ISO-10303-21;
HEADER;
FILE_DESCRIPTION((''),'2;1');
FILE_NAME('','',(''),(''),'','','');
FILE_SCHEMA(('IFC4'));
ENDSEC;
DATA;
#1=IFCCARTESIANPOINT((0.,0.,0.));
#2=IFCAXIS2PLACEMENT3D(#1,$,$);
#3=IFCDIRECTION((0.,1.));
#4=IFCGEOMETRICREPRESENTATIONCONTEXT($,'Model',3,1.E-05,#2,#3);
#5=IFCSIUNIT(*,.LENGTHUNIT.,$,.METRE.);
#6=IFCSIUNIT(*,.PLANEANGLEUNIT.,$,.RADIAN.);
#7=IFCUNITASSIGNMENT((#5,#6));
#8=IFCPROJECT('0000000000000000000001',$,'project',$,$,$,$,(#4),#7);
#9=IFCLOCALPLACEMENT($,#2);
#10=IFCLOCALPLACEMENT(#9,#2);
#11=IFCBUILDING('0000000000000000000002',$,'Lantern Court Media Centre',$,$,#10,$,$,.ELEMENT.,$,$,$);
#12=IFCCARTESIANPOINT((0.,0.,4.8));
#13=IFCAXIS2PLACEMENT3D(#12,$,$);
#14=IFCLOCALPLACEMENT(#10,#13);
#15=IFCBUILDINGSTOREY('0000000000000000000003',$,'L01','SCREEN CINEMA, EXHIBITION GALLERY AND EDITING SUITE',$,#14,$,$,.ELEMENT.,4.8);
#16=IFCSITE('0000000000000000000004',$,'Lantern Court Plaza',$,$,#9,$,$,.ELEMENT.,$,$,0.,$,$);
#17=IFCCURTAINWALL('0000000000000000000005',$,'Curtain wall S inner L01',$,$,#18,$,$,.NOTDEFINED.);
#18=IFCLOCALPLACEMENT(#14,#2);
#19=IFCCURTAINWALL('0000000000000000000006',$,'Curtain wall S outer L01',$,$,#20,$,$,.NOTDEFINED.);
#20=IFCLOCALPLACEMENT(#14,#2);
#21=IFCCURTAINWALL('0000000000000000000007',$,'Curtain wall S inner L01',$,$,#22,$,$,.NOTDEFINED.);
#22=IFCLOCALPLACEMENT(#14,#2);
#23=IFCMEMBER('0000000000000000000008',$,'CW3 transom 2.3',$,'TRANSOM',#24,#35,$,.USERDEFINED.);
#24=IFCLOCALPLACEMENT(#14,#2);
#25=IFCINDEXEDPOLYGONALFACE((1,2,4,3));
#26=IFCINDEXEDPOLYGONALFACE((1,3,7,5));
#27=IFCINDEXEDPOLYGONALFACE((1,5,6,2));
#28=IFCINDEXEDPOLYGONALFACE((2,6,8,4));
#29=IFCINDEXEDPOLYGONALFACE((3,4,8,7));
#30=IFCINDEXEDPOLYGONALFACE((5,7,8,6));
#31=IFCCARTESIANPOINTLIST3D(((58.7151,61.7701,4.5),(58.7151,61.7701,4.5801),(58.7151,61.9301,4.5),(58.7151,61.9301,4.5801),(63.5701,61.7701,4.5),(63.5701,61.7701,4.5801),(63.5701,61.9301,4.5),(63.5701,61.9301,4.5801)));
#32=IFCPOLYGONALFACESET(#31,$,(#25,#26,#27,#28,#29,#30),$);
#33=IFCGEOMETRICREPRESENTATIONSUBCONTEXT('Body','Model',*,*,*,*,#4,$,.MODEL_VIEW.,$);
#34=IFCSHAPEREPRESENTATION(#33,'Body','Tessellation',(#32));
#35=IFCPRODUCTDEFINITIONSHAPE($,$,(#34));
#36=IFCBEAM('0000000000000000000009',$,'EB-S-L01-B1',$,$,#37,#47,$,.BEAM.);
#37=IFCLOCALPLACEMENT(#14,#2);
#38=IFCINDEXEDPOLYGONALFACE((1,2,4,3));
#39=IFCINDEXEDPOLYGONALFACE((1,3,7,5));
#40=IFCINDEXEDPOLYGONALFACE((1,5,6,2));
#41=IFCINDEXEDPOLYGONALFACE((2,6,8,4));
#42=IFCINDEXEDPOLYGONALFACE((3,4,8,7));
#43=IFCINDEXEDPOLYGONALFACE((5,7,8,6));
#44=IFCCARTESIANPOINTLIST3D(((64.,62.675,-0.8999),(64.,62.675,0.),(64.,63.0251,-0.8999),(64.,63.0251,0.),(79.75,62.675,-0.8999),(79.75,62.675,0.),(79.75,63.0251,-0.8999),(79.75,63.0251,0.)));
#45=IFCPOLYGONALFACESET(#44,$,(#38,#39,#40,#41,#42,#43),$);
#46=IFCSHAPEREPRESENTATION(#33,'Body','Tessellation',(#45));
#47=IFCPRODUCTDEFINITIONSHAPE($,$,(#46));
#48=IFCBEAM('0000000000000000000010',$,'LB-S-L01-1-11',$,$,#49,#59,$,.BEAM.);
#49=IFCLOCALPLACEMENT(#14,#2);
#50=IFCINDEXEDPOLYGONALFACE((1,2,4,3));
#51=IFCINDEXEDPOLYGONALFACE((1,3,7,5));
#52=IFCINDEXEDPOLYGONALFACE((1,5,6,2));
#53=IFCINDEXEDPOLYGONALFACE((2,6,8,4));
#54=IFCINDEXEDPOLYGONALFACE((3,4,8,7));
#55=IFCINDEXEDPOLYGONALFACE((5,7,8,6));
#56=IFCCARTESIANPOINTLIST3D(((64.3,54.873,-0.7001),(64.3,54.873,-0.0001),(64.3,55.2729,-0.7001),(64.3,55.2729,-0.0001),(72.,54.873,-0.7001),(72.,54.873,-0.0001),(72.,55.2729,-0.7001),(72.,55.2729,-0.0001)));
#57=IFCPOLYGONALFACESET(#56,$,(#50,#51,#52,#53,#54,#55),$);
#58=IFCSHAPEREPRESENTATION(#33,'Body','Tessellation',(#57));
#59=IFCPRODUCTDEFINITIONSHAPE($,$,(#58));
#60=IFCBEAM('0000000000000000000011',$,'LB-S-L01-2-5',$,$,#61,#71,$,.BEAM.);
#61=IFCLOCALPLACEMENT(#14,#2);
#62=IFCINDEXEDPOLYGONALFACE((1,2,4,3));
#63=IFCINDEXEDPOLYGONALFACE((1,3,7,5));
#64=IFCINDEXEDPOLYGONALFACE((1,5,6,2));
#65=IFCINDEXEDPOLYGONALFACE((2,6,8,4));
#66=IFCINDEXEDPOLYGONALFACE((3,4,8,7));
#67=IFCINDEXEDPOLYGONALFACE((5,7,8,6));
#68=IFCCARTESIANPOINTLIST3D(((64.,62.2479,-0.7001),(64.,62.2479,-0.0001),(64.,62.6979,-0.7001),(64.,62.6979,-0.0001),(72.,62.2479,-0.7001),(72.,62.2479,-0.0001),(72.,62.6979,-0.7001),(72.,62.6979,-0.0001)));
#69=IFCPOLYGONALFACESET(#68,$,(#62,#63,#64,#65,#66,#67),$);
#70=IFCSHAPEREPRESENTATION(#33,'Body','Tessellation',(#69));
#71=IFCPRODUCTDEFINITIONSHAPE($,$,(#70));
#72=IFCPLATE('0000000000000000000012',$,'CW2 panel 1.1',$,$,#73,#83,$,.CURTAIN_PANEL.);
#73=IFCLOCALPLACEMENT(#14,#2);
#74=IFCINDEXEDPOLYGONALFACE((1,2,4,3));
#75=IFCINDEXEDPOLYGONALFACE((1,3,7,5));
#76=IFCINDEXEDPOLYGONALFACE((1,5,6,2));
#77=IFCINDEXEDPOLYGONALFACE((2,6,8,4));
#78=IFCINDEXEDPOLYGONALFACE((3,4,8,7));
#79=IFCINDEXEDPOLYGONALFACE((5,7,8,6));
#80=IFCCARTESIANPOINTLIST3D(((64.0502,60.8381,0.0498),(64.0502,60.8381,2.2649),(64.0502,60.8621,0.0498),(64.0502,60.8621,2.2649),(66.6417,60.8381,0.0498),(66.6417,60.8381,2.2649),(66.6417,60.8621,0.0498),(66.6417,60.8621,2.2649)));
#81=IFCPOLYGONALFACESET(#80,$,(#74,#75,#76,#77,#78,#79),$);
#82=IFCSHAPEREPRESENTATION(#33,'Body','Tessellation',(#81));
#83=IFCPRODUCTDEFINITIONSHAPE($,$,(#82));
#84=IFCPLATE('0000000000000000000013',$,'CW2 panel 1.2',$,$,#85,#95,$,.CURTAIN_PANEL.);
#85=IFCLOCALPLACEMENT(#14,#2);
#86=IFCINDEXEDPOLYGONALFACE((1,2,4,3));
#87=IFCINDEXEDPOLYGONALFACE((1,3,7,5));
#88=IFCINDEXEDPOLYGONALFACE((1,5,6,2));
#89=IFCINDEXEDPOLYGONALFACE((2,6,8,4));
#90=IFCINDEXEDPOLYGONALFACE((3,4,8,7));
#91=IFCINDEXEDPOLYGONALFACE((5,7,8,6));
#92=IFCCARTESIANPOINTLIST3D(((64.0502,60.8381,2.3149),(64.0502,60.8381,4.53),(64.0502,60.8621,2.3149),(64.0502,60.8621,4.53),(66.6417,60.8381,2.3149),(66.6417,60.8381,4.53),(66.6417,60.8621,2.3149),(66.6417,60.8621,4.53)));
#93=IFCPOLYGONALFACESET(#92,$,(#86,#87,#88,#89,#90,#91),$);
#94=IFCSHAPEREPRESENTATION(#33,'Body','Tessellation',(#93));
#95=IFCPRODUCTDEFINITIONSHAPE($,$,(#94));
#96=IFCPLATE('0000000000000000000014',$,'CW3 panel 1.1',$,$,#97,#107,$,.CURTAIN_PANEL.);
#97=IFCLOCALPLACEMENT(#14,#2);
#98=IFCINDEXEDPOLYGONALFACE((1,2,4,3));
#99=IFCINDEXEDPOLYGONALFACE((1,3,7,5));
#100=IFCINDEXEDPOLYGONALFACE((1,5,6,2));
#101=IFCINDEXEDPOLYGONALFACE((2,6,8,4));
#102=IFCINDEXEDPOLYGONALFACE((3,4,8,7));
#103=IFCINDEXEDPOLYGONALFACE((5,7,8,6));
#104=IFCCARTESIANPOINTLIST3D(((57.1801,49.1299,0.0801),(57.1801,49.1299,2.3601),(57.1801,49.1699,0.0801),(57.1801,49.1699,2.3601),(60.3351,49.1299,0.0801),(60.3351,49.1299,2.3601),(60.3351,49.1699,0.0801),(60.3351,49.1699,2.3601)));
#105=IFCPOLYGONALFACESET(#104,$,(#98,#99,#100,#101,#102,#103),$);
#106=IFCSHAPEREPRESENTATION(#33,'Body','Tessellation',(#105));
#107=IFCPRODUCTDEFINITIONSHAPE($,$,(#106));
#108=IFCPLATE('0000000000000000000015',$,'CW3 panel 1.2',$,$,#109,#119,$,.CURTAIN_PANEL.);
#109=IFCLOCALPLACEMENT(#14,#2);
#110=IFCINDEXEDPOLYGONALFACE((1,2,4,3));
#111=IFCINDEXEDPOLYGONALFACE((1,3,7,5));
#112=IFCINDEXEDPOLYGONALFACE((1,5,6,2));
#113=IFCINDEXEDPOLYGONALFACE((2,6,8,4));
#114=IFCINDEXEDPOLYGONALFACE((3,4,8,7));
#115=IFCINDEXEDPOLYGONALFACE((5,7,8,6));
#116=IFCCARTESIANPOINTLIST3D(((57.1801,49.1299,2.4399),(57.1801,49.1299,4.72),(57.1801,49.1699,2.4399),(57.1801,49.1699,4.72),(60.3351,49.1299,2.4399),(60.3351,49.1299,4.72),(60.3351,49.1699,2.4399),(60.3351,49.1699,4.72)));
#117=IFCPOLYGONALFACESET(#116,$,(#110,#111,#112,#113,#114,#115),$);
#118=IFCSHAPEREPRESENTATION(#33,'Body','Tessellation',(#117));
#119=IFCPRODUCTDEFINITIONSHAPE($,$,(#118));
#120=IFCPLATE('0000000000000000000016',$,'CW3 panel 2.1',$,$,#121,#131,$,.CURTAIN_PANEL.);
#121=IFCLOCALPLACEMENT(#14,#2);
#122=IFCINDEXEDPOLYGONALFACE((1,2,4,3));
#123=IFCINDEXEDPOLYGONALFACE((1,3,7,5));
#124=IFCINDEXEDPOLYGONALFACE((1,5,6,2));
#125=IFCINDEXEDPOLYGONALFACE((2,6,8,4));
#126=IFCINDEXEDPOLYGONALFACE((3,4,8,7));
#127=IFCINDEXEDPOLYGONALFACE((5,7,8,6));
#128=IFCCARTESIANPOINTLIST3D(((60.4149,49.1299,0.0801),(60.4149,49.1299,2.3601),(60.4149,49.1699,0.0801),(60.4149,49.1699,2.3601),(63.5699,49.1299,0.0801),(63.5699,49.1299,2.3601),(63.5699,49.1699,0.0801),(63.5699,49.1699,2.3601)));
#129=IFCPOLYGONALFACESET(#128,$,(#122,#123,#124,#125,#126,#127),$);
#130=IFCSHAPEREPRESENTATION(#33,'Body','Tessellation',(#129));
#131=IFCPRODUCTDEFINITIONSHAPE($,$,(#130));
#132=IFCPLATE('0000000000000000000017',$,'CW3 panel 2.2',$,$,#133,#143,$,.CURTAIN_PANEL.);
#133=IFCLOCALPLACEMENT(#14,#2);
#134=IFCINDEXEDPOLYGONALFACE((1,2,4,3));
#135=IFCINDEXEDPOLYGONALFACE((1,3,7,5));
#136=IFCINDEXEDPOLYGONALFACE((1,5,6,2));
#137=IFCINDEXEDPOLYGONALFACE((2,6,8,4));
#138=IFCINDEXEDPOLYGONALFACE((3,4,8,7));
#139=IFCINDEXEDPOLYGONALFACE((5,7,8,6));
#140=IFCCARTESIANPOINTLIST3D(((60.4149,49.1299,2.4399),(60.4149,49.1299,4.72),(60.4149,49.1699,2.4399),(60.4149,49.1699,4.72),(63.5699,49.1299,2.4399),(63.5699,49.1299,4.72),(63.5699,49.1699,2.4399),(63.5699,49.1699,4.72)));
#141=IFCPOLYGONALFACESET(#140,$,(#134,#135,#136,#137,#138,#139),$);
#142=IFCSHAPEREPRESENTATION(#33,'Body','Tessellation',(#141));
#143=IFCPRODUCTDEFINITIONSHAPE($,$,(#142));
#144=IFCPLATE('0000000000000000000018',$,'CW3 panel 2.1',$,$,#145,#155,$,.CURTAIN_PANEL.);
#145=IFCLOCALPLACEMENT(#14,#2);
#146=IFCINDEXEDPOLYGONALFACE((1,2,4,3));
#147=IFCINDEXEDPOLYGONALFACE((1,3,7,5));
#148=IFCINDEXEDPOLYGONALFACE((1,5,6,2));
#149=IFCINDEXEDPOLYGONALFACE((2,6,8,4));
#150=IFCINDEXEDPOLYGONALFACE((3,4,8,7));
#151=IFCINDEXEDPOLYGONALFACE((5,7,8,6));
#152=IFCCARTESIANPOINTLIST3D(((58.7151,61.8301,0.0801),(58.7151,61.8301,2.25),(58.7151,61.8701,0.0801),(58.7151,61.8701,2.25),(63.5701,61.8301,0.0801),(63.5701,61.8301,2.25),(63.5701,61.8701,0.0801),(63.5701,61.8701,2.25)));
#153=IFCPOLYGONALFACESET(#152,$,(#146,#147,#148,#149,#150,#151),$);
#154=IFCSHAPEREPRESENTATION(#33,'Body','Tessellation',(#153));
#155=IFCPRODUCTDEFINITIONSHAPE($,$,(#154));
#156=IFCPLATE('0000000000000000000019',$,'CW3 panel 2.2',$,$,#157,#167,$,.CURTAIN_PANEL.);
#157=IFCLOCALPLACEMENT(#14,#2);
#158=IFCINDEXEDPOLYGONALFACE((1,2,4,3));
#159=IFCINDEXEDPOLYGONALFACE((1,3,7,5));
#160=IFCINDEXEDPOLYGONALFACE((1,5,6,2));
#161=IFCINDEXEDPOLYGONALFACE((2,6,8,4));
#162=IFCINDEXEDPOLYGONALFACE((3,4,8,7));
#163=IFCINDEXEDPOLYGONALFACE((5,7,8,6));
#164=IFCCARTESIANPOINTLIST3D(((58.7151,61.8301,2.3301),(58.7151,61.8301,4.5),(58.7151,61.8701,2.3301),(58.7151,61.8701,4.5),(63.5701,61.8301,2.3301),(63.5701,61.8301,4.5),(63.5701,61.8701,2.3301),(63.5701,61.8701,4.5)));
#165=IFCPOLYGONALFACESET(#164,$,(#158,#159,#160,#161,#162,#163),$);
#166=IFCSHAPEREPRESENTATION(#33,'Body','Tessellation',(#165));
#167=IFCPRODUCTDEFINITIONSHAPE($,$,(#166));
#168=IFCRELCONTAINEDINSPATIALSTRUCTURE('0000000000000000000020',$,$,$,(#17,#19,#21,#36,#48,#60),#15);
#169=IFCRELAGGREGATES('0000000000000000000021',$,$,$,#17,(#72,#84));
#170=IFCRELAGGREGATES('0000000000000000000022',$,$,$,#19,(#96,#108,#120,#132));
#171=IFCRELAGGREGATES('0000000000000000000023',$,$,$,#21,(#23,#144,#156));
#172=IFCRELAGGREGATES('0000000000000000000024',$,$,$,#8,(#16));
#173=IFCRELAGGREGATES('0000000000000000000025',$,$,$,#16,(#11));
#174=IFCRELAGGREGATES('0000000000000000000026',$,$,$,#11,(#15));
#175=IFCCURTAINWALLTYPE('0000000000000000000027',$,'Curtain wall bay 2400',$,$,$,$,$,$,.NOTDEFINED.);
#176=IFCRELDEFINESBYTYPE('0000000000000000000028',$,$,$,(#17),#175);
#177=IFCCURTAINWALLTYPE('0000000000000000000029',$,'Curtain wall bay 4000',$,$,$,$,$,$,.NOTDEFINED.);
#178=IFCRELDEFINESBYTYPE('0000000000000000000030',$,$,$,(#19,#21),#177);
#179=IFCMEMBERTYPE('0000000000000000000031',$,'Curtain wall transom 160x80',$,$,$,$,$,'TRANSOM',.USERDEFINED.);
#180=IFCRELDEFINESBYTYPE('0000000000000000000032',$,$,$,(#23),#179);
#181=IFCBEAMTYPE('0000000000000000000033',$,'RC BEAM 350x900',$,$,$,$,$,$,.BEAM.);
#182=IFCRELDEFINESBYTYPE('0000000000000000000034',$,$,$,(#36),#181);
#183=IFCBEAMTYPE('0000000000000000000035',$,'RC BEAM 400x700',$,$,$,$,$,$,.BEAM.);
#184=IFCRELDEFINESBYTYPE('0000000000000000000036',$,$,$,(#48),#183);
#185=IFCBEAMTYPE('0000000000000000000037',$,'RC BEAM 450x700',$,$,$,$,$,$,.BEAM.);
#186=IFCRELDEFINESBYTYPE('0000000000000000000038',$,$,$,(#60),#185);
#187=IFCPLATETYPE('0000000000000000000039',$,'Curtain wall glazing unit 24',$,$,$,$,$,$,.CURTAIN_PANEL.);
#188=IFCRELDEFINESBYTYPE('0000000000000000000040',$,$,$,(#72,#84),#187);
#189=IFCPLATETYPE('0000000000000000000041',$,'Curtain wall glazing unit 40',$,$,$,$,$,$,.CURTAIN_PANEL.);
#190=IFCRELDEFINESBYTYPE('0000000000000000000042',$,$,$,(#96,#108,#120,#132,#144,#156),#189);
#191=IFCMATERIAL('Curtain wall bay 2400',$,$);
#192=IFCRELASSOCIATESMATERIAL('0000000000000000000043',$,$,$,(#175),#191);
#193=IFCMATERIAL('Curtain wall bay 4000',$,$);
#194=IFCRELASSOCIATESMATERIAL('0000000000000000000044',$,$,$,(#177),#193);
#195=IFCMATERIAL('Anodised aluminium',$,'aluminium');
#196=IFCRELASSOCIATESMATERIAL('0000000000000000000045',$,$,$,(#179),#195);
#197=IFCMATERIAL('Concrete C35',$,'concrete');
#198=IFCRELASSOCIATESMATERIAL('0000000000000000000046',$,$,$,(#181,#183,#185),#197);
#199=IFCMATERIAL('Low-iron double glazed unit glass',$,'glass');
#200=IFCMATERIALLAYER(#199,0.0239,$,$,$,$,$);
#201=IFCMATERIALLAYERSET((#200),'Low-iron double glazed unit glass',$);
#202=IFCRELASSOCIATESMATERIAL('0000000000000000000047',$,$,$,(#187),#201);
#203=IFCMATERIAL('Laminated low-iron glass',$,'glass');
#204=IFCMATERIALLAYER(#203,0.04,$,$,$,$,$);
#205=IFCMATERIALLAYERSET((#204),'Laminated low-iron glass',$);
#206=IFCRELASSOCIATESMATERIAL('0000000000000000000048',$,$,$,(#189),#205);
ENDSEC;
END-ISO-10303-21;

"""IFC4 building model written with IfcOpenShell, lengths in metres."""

from ifc_helpers import new_model, si_unit, direction, frame, origin, origin_2d, place, context, subcontext, project, spatial, rectangle, extrude, material, layer, layer_set, material_profile, profile_set, type_object, element, aggregate, save


model = new_model("IFC4")

# Units and contexts
model_context = context("Model", 3, precision=1e-05, world=origin(), true_north=direction((0.0, 1.0)))
body_context = subcontext(model_context, "Body", "Model", "MODEL_VIEW")
ifc_project = project(units=[si_unit("LENGTHUNIT", "METRE"), si_unit("PLANEANGLEUNIT", "RADIAN")], contexts=[model_context])

# Site, building, storey
site_placement = place(None, origin())
site = spatial("IfcSite", under=ifc_project, at=site_placement, Name="Lantern Court Plaza", CompositionType="ELEMENT", RefElevation=0.0)
building_placement = place(site_placement, origin())
building = spatial("IfcBuilding", under=site, at=building_placement, Name="Lantern Court Media Centre", CompositionType="ELEMENT")
storey_placement = place(building_placement, frame((0.0, 0.0, 4.8)))
storey = spatial("IfcBuildingStorey", under=building, at=storey_placement, Name="L01", Description="SCREEN CINEMA, EXHIBITION GALLERY AND EDITING SUITE", CompositionType="ELEMENT", Elevation=4.8)

# Curtain walls
ifc_material_1 = material(Name="Curtain wall bay 2400")
curtain_wall_type_1 = type_object("IfcCurtainWallType", Name="Curtain wall bay 2400", PredefinedType="NOTDEFINED", material=ifc_material_1)
curtain_wall_1_placement = place(storey_placement, origin())
curtain_wall_1 = element("IfcCurtainWall", 1, at=curtain_wall_1_placement, inside=storey, type_object=curtain_wall_type_1, Name="Curtain wall S inner L01", PredefinedType="NOTDEFINED")
ifc_material_2 = material(Name="Anodised aluminium", Category="aluminium")
ifc_material_3 = material(Name="Curtain wall bay 4000")
curtain_wall_type_2 = type_object("IfcCurtainWallType", Name="Curtain wall bay 4000", PredefinedType="NOTDEFINED", material=ifc_material_3)
curtain_wall_2_placement = place(storey_placement, origin())
curtain_wall_2 = element("IfcCurtainWall", 2, at=curtain_wall_2_placement, inside=storey, type_object=curtain_wall_type_2, Name="Curtain wall S outer L01", PredefinedType="NOTDEFINED")

# Curtain wall
curtain_wall_3_placement = place(storey_placement, origin())
curtain_wall_3 = element("IfcCurtainWall", 3, at=curtain_wall_3_placement, inside=storey, type_object=curtain_wall_type_2, Name="Curtain wall S inner L01", PredefinedType="NOTDEFINED")

# Member
ifc_material_profile_1 = material_profile(ifc_material_2, rectangle(XDim=0.1599, YDim=0.0801, at=origin_2d()), Name="AL 80x160")
ifc_profile_set_1 = profile_set([ifc_material_profile_1], Name="Anodised aluminium")
member_type_1 = type_object("IfcMemberType", Name="Curtain wall transom 160x80", ElementType="TRANSOM", PredefinedType="USERDEFINED", material=ifc_profile_set_1)
member_1_placement = place(storey_placement, frame((58.7151, 61.8501, 4.54), z_axis=(1.0, 0.0, 0.0), x_axis=(0.0, 1.0, 0.0)))
member_1 = element("IfcMember", 4, at=member_1_placement, type_object=member_type_1, Name="CW3 transom 2.3", ObjectType="TRANSOM", PredefinedType="USERDEFINED", context=body_context, shape_type="SweptSolid", body=[
    extrude(rectangle(XDim=0.1599, YDim=0.0801, at=origin_2d()), origin(), (0.0, 0.0, 1.0), 4.855),
])

# Beams
ifc_material_4 = material(Name="Concrete C35", Category="concrete")
ifc_material_profile_2 = material_profile(ifc_material_4, rectangle(XDim=0.3501, YDim=0.8999, at=origin_2d()), Name="RC 350x900")
ifc_profile_set_2 = profile_set([ifc_material_profile_2], Name="Concrete C35")
beam_type_1 = type_object("IfcBeamType", Name="RC BEAM 350x900", PredefinedType="BEAM", material=ifc_profile_set_2)
beam_1_placement = place(storey_placement, frame((64.0, 62.8501, -0.45), z_axis=(1.0, 0.0, 0.0), x_axis=(0.0, 1.0, 0.0)))
element("IfcBeam", 5, at=beam_1_placement, inside=storey, type_object=beam_type_1, Name="EB-S-L01-B1", PredefinedType="BEAM", context=body_context, shape_type="SweptSolid", body=[
    extrude(rectangle(XDim=0.3501, YDim=0.8999, at=origin_2d()), origin(), (0.0, 0.0, 1.0), 15.75),
])
ifc_material_profile_3 = material_profile(ifc_material_4, rectangle(XDim=0.3999, YDim=0.7, at=origin_2d()), Name="RC 400x700")
ifc_profile_set_3 = profile_set([ifc_material_profile_3], Name="Concrete C35")
beam_type_2 = type_object("IfcBeamType", Name="RC BEAM 400x700", PredefinedType="BEAM", material=ifc_profile_set_3)
beam_2_placement = place(storey_placement, frame((64.3, 55.073, -0.3501), z_axis=(1.0, 0.0, 0.0), x_axis=(0.0, 1.0, 0.0)))
element("IfcBeam", 6, at=beam_2_placement, inside=storey, type_object=beam_type_2, Name="LB-S-L01-1-11", PredefinedType="BEAM", context=body_context, shape_type="SweptSolid", body=[
    extrude(rectangle(XDim=0.3999, YDim=0.7, at=origin_2d()), origin(), (0.0, 0.0, 1.0), 7.7),
])
ifc_material_profile_4 = material_profile(ifc_material_4, rectangle(XDim=0.45, YDim=0.7, at=origin_2d()), Name="RC 450x700")
ifc_profile_set_4 = profile_set([ifc_material_profile_4], Name="Concrete C35")
beam_type_3 = type_object("IfcBeamType", Name="RC BEAM 450x700", PredefinedType="BEAM", material=ifc_profile_set_4)
beam_3_placement = place(storey_placement, frame((64.0, 62.4729, -0.3501), z_axis=(1.0, 0.0, 0.0), x_axis=(0.0, 1.0, 0.0)))
element("IfcBeam", 7, at=beam_3_placement, inside=storey, type_object=beam_type_3, Name="LB-S-L01-2-5", PredefinedType="BEAM", context=body_context, shape_type="SweptSolid", body=[
    extrude(rectangle(XDim=0.45, YDim=0.7, at=origin_2d()), origin(), (0.0, 0.0, 1.0), 8.0),
])

# Plates
ifc_material_5 = material(Name="Low-iron double glazed unit glass", Category="glass")
ifc_layer_1 = layer(ifc_material_5, 0.0239)
ifc_layer_set_1 = layer_set([ifc_layer_1], Name="Low-iron double glazed unit glass")
plate_type_1 = type_object("IfcPlateType", Name="Curtain wall glazing unit 24", PredefinedType="CURTAIN_PANEL", material=ifc_layer_set_1)
plate_1_placement = place(storey_placement, frame((65.3459, 60.8501, 0.0498), z_axis=(0.0, 0.0, 1.0), x_axis=(1.0, 0.0, 0.0)))
plate_1 = element("IfcPlate", 8, at=plate_1_placement, type_object=plate_type_1, Name="CW2 panel 1.1", PredefinedType="CURTAIN_PANEL", context=body_context, shape_type="SweptSolid", body=[
    extrude(rectangle(XDim=2.5916, YDim=0.0239, at=origin_2d()), origin(), (0.0, 0.0, 1.0), 2.2151),
])
plate_2_placement = place(storey_placement, frame((65.3459, 60.8501, 2.3149), z_axis=(0.0, 0.0, 1.0), x_axis=(1.0, 0.0, 0.0)))
plate_2 = element("IfcPlate", 9, at=plate_2_placement, type_object=plate_type_1, Name="CW2 panel 1.2", PredefinedType="CURTAIN_PANEL", context=body_context, shape_type="SweptSolid", body=[
    extrude(rectangle(XDim=2.5916, YDim=0.0239, at=origin_2d()), origin(), (0.0, 0.0, 1.0), 2.2151),
])
aggregate(curtain_wall_1, [plate_1, plate_2])
ifc_material_6 = material(Name="Laminated low-iron glass", Category="glass")
ifc_layer_2 = layer(ifc_material_6, 0.04)
ifc_layer_set_2 = layer_set([ifc_layer_2], Name="Laminated low-iron glass")
plate_type_2 = type_object("IfcPlateType", Name="Curtain wall glazing unit 40", PredefinedType="CURTAIN_PANEL", material=ifc_layer_set_2)
plate_3_placement = place(storey_placement, frame((58.7576, 49.1499, 0.0801), z_axis=(0.0, 0.0, 1.0), x_axis=(1.0, 0.0, 0.0)))
plate_3 = element("IfcPlate", 10, at=plate_3_placement, type_object=plate_type_2, Name="CW3 panel 1.1", PredefinedType="CURTAIN_PANEL", context=body_context, shape_type="SweptSolid", body=[
    extrude(rectangle(XDim=3.155, YDim=0.04, at=origin_2d()), origin(), (0.0, 0.0, 1.0), 2.28),
])
plate_4_placement = place(storey_placement, frame((58.7576, 49.1499, 2.4399), z_axis=(0.0, 0.0, 1.0), x_axis=(1.0, 0.0, 0.0)))
plate_4 = element("IfcPlate", 11, at=plate_4_placement, type_object=plate_type_2, Name="CW3 panel 1.2", PredefinedType="CURTAIN_PANEL", context=body_context, shape_type="SweptSolid", body=[
    extrude(rectangle(XDim=3.155, YDim=0.04, at=origin_2d()), origin(), (0.0, 0.0, 1.0), 2.28),
])
plate_5_placement = place(storey_placement, frame((61.9924, 49.1499, 0.0801), z_axis=(0.0, 0.0, 1.0), x_axis=(1.0, 0.0, 0.0)))
plate_5 = element("IfcPlate", 12, at=plate_5_placement, type_object=plate_type_2, Name="CW3 panel 2.1", PredefinedType="CURTAIN_PANEL", context=body_context, shape_type="SweptSolid", body=[
    extrude(rectangle(XDim=3.155, YDim=0.04, at=origin_2d()), origin(), (0.0, 0.0, 1.0), 2.28),
])
plate_6_placement = place(storey_placement, frame((61.9924, 49.1499, 2.4399), z_axis=(0.0, 0.0, 1.0), x_axis=(1.0, 0.0, 0.0)))
plate_6 = element("IfcPlate", 13, at=plate_6_placement, type_object=plate_type_2, Name="CW3 panel 2.2", PredefinedType="CURTAIN_PANEL", context=body_context, shape_type="SweptSolid", body=[
    extrude(rectangle(XDim=3.155, YDim=0.04, at=origin_2d()), origin(), (0.0, 0.0, 1.0), 2.28),
])
aggregate(curtain_wall_2, [plate_3, plate_4, plate_5, plate_6])
plate_7_placement = place(storey_placement, frame((61.1426, 61.8501, 0.0801), z_axis=(0.0, 0.0, 1.0), x_axis=(1.0, 0.0, 0.0)))
plate_7 = element("IfcPlate", 14, at=plate_7_placement, type_object=plate_type_2, Name="CW3 panel 2.1", PredefinedType="CURTAIN_PANEL", context=body_context, shape_type="SweptSolid", body=[
    extrude(rectangle(XDim=4.855, YDim=0.04, at=origin_2d()), origin(), (0.0, 0.0, 1.0), 2.1699),
])
plate_8_placement = place(storey_placement, frame((61.1426, 61.8501, 2.3301), z_axis=(0.0, 0.0, 1.0), x_axis=(1.0, 0.0, 0.0)))
plate_8 = element("IfcPlate", 15, at=plate_8_placement, type_object=plate_type_2, Name="CW3 panel 2.2", PredefinedType="CURTAIN_PANEL", context=body_context, shape_type="SweptSolid", body=[
    extrude(rectangle(XDim=4.855, YDim=0.04, at=origin_2d()), origin(), (0.0, 0.0, 1.0), 2.1699),
])
aggregate(curtain_wall_3, [member_1, plate_7, plate_8])

save(model, "model.ifc")
